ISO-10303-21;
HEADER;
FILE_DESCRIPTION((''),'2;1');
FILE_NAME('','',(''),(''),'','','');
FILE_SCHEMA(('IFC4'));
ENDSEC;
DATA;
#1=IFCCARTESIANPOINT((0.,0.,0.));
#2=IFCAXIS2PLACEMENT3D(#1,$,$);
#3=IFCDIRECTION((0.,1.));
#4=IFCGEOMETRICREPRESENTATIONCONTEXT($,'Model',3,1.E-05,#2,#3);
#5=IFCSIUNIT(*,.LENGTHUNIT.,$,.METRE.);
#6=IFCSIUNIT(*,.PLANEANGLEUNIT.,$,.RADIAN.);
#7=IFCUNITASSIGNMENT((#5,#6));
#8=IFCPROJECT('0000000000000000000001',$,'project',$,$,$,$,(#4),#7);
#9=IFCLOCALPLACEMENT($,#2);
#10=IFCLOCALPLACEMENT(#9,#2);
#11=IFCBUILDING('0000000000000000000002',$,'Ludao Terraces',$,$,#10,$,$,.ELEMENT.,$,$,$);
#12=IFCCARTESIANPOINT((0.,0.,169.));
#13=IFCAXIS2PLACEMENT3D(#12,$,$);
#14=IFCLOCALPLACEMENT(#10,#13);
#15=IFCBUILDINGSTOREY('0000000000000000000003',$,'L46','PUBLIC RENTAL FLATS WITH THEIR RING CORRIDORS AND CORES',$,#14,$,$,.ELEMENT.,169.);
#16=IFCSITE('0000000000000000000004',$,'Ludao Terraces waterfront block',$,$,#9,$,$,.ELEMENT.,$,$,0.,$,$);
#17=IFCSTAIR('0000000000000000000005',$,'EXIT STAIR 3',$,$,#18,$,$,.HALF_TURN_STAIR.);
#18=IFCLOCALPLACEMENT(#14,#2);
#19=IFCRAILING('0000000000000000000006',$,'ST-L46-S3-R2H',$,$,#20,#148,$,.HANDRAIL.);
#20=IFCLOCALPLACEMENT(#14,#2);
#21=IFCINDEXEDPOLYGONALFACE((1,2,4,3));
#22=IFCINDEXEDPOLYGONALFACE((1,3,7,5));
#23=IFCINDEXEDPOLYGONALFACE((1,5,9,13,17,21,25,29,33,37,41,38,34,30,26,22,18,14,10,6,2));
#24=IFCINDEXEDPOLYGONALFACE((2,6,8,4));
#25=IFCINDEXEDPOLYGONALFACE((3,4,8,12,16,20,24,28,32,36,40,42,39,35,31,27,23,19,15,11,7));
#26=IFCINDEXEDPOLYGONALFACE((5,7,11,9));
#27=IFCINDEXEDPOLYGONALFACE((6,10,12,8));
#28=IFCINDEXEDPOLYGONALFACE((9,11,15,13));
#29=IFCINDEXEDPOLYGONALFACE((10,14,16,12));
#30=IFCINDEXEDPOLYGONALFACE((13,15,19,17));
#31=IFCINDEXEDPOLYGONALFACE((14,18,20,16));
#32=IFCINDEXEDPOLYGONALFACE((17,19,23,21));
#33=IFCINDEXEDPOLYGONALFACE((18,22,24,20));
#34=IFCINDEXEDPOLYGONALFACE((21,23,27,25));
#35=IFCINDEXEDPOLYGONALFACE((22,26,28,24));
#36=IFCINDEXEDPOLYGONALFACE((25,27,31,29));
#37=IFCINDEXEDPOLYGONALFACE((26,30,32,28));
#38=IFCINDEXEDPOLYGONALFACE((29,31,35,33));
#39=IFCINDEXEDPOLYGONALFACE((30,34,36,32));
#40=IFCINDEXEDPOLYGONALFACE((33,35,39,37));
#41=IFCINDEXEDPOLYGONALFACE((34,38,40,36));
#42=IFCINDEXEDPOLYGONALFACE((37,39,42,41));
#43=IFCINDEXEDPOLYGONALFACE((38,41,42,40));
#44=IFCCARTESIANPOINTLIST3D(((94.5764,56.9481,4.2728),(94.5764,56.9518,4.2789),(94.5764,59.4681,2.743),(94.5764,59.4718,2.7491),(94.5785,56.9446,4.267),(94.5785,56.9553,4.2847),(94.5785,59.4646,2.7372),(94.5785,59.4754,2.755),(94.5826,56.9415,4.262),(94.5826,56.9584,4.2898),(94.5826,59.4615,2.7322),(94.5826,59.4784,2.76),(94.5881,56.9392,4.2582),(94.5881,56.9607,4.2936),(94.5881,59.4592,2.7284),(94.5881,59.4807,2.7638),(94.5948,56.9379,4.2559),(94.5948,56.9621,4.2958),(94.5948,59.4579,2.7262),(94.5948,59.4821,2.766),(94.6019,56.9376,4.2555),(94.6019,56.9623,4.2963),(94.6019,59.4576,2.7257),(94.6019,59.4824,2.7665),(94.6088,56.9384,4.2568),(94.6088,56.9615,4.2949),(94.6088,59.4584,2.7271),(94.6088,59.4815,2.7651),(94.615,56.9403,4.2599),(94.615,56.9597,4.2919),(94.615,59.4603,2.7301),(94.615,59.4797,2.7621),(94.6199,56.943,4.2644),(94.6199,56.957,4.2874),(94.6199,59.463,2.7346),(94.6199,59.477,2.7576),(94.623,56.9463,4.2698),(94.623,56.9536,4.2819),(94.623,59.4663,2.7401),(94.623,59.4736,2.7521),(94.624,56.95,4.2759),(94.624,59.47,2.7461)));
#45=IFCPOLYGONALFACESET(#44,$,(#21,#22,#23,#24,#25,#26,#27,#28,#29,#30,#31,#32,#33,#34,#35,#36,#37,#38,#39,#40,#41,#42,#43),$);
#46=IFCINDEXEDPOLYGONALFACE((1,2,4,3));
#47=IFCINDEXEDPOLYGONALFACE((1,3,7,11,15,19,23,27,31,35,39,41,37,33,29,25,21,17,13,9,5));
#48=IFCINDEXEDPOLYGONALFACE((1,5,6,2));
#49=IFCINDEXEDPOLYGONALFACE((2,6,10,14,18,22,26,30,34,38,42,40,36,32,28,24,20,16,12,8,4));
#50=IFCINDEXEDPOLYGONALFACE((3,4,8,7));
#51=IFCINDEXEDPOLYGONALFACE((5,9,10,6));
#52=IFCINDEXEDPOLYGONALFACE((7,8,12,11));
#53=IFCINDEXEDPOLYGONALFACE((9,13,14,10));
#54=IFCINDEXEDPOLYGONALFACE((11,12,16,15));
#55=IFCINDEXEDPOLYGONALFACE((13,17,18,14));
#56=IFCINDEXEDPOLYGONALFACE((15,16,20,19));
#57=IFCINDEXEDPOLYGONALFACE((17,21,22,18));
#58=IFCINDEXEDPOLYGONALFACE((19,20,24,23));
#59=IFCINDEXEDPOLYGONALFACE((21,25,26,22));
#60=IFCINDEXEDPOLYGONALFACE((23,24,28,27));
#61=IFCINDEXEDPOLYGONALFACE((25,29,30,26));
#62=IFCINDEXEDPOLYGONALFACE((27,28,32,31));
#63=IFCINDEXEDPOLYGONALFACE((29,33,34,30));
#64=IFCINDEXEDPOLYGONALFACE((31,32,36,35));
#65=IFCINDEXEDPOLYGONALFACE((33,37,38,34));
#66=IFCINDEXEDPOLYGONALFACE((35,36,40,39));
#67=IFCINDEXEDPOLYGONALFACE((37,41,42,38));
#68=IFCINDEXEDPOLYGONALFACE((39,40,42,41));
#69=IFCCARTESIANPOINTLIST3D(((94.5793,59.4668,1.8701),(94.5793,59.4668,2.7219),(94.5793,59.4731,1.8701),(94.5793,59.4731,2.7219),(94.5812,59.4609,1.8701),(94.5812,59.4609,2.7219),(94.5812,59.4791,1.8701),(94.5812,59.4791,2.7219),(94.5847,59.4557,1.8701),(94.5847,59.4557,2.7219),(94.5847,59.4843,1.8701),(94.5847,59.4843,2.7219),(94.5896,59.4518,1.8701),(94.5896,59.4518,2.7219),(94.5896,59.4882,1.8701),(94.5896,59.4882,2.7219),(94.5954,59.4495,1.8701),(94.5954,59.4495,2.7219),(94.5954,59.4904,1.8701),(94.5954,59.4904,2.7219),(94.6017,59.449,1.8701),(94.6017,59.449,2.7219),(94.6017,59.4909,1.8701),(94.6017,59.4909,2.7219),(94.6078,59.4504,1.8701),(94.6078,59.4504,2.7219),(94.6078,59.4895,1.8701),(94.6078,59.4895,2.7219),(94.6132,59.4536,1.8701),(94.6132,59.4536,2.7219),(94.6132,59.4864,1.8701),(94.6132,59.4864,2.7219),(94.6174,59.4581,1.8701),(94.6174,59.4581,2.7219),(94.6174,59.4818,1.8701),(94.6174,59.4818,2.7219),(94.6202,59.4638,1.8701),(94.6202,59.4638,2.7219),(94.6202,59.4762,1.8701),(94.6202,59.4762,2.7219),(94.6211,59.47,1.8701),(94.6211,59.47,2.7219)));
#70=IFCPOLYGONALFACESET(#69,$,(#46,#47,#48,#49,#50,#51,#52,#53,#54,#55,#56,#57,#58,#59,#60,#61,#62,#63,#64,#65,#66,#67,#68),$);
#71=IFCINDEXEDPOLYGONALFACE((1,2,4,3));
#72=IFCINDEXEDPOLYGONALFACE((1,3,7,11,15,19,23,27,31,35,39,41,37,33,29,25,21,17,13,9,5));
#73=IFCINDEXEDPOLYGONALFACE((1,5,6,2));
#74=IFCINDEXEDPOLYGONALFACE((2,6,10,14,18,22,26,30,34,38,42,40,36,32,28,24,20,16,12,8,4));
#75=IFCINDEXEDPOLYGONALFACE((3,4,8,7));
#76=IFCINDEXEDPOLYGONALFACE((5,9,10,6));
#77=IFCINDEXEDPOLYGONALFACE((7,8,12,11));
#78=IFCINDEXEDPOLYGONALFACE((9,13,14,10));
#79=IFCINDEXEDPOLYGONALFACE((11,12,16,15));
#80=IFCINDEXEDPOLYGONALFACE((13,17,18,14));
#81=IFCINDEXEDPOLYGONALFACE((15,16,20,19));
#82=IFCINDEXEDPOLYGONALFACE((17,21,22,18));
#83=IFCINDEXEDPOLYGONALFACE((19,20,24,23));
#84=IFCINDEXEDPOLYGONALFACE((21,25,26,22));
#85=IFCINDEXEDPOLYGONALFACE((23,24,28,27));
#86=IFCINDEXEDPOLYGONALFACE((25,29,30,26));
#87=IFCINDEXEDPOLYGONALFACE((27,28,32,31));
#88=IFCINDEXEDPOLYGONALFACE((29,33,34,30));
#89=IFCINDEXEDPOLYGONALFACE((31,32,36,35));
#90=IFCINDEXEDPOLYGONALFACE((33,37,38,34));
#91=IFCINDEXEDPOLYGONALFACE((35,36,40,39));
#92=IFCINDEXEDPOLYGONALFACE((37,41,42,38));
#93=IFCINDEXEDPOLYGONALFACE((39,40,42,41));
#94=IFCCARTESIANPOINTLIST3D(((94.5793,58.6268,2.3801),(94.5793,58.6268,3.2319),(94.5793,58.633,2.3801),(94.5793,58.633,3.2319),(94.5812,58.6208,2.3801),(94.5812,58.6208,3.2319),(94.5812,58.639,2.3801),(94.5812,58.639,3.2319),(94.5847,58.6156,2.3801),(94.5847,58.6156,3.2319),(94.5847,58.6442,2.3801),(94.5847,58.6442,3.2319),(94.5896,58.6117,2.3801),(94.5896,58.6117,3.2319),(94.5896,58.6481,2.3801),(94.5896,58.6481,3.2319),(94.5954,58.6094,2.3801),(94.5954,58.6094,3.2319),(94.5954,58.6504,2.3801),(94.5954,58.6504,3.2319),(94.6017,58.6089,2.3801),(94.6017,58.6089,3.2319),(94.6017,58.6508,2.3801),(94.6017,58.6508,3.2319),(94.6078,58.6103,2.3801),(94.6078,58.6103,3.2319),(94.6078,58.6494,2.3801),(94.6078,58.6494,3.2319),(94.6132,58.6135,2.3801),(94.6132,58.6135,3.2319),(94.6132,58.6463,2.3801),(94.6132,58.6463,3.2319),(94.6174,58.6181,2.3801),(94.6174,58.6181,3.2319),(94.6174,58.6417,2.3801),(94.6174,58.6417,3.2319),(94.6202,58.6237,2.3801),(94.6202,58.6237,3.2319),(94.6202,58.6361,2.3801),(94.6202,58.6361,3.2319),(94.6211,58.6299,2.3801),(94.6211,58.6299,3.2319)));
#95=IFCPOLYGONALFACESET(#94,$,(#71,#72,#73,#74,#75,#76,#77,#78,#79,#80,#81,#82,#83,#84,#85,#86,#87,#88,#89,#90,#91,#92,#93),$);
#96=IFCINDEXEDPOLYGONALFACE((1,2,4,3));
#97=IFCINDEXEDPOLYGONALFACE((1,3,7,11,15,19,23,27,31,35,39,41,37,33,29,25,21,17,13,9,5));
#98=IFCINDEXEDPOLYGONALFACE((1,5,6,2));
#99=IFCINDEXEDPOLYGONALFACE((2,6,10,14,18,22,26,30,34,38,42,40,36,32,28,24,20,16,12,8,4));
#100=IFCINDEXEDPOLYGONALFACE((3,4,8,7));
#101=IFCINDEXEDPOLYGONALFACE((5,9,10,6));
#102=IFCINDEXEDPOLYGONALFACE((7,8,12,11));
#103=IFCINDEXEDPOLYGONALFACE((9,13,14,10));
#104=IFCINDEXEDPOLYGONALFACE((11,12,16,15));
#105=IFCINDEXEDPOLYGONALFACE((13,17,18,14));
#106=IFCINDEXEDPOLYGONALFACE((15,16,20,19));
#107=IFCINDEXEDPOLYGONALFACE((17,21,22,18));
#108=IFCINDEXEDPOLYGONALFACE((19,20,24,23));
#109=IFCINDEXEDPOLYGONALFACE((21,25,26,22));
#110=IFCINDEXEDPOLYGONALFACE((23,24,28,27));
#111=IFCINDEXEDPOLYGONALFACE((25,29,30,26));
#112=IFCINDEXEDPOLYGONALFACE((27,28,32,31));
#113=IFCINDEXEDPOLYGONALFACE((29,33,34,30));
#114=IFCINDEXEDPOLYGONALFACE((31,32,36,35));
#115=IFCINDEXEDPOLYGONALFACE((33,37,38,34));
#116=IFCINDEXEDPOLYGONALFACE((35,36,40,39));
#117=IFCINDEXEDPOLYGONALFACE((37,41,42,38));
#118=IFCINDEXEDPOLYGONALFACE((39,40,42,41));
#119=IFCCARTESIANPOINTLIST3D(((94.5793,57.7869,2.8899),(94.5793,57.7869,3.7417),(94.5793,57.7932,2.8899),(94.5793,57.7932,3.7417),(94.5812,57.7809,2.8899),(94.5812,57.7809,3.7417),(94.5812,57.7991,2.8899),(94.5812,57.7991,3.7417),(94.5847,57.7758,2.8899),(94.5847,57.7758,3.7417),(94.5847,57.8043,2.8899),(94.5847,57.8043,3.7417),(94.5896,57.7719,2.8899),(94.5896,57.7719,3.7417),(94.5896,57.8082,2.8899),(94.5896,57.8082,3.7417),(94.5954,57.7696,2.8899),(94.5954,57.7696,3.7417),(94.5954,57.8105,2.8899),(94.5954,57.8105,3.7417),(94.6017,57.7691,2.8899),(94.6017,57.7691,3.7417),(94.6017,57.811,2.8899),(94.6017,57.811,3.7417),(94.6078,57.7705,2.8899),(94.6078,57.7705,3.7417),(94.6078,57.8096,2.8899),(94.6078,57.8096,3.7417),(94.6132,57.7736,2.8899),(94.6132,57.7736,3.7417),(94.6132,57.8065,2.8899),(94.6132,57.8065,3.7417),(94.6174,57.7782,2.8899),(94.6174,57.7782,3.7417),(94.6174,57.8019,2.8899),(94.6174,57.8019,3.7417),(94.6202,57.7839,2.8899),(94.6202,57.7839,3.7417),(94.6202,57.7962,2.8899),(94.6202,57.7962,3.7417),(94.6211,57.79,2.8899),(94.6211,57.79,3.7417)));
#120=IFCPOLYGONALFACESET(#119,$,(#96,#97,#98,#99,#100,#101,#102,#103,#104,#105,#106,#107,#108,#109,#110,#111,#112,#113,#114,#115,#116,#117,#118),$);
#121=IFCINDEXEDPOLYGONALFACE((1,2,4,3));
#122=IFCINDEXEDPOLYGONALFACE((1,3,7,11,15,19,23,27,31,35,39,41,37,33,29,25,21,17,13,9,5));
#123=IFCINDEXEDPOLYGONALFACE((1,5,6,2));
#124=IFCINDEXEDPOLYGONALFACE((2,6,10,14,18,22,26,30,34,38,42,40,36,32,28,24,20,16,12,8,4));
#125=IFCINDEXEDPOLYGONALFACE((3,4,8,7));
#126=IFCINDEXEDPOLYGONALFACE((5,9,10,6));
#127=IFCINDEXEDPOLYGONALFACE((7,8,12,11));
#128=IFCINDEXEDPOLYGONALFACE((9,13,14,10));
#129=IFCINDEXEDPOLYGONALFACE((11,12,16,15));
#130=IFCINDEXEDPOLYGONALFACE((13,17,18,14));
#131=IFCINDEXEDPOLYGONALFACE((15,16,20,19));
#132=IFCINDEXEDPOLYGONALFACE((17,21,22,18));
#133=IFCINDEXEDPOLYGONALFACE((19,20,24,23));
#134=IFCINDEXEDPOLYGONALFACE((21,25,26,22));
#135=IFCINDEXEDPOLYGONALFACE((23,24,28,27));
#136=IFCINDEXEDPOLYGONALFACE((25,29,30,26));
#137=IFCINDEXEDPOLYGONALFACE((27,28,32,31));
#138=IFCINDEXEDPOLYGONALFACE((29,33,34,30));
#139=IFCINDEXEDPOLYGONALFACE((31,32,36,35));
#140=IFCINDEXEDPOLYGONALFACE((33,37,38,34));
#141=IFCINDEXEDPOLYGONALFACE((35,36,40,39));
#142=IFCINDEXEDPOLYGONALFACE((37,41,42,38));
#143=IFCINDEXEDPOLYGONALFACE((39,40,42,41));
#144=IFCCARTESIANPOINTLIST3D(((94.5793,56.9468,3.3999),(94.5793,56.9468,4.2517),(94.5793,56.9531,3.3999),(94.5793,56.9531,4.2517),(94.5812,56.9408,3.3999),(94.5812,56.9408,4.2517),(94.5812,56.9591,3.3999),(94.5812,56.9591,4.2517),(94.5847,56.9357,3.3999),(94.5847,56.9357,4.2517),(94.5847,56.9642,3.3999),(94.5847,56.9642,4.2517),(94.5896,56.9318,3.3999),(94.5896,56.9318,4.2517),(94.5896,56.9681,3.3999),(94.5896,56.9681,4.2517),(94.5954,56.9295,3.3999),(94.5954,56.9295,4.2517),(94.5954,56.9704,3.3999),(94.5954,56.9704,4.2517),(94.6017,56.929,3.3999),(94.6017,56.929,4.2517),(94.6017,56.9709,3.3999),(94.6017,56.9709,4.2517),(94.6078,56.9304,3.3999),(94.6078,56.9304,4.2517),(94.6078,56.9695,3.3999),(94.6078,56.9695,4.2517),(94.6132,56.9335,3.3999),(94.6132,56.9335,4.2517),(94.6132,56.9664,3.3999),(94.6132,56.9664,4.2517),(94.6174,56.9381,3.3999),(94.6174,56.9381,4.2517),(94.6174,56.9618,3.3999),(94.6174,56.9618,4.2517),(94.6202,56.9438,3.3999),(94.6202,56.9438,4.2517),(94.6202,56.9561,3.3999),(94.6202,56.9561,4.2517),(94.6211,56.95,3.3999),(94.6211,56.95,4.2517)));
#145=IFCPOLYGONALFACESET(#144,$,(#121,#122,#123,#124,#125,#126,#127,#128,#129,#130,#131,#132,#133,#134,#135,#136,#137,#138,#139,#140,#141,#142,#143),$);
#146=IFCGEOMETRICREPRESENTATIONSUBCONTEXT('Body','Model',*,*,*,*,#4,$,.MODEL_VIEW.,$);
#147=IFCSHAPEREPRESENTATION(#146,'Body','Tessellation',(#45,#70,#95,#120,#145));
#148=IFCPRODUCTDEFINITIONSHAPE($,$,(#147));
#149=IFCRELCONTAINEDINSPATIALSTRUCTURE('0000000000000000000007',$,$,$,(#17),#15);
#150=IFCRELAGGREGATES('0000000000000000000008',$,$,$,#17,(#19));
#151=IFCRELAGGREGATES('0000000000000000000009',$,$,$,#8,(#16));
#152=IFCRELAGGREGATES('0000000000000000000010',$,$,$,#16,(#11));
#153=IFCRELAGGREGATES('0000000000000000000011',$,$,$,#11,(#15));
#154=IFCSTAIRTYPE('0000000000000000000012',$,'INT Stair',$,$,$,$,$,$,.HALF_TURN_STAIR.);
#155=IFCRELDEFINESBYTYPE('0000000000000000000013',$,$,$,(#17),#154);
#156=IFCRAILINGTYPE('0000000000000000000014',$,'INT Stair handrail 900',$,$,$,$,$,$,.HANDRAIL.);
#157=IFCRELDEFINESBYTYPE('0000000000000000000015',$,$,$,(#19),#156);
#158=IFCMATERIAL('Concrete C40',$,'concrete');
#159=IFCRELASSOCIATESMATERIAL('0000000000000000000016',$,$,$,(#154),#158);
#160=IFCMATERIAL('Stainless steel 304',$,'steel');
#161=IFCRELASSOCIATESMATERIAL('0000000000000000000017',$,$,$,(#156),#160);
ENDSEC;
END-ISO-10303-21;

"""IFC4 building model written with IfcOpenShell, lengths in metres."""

from ifc_helpers import new_model, si_unit, direction, frame, origin, origin_2d, place, context, subcontext, project, spatial, circle, extrude, material, type_object, element, aggregate, save


model = new_model("IFC4")

# Units and contexts
model_context = context("Model", 3, precision=1e-05, world=origin(), true_north=direction((0.0, 1.0)))
body_context = subcontext(model_context, "Body", "Model", "MODEL_VIEW")
ifc_project = project(units=[si_unit("LENGTHUNIT", "METRE"), si_unit("PLANEANGLEUNIT", "RADIAN")], contexts=[model_context])

# Site, building, storey
site_placement = place(None, origin())
site = spatial("IfcSite", under=ifc_project, at=site_placement, Name="Ludao Terraces waterfront block", CompositionType="ELEMENT", RefElevation=0.0)
building_placement = place(site_placement, origin())
building = spatial("IfcBuilding", under=site, at=building_placement, Name="Ludao Terraces", CompositionType="ELEMENT")
storey_placement = place(building_placement, frame((0.0, 0.0, 169.0)))
storey = spatial("IfcBuildingStorey", under=building, at=storey_placement, Name="L46", Description="PUBLIC RENTAL FLATS WITH THEIR RING CORRIDORS AND CORES", CompositionType="ELEMENT", Elevation=169.0)

# Shared definitions
ifc_material_1 = material(Name="Concrete C40", Category="concrete")

# Stair, railing
stair_type = type_object("IfcStairType", Name="INT Stair", PredefinedType="HALF_TURN_STAIR", material=ifc_material_1)
stair_placement = place(storey_placement, origin())
stair = element("IfcStair", 1, at=stair_placement, inside=storey, type_object=stair_type, Name="EXIT STAIR 3", PredefinedType="HALF_TURN_STAIR")
ifc_material_2 = material(Name="Stainless steel 304", Category="steel")
railing_type_1 = type_object("IfcRailingType", Name="INT Stair handrail 900", PredefinedType="HANDRAIL", material=ifc_material_2)
railing_1_placement = place(storey_placement, frame((94.6001, 59.47, 1.8701)))
railing_1 = element("IfcRailing", 2, at=railing_1_placement, type_object=railing_type_1, Name="ST-L46-S3-R2H", PredefinedType="HANDRAIL", context=body_context, shape_type="SweptSolid", body=[
    extrude(circle(Radius=0.0239, at=origin_2d()), frame((0.0, 0.0, 0.876), z_axis=(0.0, -0.854822, 0.518922), x_axis=(1.0, 0.0, 0.0)), (0.0, 0.0, 1.0), 2.948),
    extrude(circle(Radius=0.021, at=origin_2d()), origin(), (0.0, 0.0, 1.0), 0.8518),
    extrude(circle(Radius=0.021, at=origin_2d()), frame((0.0, -0.8401, 0.51)), (0.0, 0.0, 1.0), 0.8518),
    extrude(circle(Radius=0.021, at=origin_2d()), frame((0.0, -1.6799, 1.0198)), (0.0, 0.0, 1.0), 0.8518),
    extrude(circle(Radius=0.021, at=origin_2d()), frame((0.0, -2.52, 1.5298)), (0.0, 0.0, 1.0), 0.8518),
])
aggregate(stair, [railing_1])

save(model, "model.ifc")
